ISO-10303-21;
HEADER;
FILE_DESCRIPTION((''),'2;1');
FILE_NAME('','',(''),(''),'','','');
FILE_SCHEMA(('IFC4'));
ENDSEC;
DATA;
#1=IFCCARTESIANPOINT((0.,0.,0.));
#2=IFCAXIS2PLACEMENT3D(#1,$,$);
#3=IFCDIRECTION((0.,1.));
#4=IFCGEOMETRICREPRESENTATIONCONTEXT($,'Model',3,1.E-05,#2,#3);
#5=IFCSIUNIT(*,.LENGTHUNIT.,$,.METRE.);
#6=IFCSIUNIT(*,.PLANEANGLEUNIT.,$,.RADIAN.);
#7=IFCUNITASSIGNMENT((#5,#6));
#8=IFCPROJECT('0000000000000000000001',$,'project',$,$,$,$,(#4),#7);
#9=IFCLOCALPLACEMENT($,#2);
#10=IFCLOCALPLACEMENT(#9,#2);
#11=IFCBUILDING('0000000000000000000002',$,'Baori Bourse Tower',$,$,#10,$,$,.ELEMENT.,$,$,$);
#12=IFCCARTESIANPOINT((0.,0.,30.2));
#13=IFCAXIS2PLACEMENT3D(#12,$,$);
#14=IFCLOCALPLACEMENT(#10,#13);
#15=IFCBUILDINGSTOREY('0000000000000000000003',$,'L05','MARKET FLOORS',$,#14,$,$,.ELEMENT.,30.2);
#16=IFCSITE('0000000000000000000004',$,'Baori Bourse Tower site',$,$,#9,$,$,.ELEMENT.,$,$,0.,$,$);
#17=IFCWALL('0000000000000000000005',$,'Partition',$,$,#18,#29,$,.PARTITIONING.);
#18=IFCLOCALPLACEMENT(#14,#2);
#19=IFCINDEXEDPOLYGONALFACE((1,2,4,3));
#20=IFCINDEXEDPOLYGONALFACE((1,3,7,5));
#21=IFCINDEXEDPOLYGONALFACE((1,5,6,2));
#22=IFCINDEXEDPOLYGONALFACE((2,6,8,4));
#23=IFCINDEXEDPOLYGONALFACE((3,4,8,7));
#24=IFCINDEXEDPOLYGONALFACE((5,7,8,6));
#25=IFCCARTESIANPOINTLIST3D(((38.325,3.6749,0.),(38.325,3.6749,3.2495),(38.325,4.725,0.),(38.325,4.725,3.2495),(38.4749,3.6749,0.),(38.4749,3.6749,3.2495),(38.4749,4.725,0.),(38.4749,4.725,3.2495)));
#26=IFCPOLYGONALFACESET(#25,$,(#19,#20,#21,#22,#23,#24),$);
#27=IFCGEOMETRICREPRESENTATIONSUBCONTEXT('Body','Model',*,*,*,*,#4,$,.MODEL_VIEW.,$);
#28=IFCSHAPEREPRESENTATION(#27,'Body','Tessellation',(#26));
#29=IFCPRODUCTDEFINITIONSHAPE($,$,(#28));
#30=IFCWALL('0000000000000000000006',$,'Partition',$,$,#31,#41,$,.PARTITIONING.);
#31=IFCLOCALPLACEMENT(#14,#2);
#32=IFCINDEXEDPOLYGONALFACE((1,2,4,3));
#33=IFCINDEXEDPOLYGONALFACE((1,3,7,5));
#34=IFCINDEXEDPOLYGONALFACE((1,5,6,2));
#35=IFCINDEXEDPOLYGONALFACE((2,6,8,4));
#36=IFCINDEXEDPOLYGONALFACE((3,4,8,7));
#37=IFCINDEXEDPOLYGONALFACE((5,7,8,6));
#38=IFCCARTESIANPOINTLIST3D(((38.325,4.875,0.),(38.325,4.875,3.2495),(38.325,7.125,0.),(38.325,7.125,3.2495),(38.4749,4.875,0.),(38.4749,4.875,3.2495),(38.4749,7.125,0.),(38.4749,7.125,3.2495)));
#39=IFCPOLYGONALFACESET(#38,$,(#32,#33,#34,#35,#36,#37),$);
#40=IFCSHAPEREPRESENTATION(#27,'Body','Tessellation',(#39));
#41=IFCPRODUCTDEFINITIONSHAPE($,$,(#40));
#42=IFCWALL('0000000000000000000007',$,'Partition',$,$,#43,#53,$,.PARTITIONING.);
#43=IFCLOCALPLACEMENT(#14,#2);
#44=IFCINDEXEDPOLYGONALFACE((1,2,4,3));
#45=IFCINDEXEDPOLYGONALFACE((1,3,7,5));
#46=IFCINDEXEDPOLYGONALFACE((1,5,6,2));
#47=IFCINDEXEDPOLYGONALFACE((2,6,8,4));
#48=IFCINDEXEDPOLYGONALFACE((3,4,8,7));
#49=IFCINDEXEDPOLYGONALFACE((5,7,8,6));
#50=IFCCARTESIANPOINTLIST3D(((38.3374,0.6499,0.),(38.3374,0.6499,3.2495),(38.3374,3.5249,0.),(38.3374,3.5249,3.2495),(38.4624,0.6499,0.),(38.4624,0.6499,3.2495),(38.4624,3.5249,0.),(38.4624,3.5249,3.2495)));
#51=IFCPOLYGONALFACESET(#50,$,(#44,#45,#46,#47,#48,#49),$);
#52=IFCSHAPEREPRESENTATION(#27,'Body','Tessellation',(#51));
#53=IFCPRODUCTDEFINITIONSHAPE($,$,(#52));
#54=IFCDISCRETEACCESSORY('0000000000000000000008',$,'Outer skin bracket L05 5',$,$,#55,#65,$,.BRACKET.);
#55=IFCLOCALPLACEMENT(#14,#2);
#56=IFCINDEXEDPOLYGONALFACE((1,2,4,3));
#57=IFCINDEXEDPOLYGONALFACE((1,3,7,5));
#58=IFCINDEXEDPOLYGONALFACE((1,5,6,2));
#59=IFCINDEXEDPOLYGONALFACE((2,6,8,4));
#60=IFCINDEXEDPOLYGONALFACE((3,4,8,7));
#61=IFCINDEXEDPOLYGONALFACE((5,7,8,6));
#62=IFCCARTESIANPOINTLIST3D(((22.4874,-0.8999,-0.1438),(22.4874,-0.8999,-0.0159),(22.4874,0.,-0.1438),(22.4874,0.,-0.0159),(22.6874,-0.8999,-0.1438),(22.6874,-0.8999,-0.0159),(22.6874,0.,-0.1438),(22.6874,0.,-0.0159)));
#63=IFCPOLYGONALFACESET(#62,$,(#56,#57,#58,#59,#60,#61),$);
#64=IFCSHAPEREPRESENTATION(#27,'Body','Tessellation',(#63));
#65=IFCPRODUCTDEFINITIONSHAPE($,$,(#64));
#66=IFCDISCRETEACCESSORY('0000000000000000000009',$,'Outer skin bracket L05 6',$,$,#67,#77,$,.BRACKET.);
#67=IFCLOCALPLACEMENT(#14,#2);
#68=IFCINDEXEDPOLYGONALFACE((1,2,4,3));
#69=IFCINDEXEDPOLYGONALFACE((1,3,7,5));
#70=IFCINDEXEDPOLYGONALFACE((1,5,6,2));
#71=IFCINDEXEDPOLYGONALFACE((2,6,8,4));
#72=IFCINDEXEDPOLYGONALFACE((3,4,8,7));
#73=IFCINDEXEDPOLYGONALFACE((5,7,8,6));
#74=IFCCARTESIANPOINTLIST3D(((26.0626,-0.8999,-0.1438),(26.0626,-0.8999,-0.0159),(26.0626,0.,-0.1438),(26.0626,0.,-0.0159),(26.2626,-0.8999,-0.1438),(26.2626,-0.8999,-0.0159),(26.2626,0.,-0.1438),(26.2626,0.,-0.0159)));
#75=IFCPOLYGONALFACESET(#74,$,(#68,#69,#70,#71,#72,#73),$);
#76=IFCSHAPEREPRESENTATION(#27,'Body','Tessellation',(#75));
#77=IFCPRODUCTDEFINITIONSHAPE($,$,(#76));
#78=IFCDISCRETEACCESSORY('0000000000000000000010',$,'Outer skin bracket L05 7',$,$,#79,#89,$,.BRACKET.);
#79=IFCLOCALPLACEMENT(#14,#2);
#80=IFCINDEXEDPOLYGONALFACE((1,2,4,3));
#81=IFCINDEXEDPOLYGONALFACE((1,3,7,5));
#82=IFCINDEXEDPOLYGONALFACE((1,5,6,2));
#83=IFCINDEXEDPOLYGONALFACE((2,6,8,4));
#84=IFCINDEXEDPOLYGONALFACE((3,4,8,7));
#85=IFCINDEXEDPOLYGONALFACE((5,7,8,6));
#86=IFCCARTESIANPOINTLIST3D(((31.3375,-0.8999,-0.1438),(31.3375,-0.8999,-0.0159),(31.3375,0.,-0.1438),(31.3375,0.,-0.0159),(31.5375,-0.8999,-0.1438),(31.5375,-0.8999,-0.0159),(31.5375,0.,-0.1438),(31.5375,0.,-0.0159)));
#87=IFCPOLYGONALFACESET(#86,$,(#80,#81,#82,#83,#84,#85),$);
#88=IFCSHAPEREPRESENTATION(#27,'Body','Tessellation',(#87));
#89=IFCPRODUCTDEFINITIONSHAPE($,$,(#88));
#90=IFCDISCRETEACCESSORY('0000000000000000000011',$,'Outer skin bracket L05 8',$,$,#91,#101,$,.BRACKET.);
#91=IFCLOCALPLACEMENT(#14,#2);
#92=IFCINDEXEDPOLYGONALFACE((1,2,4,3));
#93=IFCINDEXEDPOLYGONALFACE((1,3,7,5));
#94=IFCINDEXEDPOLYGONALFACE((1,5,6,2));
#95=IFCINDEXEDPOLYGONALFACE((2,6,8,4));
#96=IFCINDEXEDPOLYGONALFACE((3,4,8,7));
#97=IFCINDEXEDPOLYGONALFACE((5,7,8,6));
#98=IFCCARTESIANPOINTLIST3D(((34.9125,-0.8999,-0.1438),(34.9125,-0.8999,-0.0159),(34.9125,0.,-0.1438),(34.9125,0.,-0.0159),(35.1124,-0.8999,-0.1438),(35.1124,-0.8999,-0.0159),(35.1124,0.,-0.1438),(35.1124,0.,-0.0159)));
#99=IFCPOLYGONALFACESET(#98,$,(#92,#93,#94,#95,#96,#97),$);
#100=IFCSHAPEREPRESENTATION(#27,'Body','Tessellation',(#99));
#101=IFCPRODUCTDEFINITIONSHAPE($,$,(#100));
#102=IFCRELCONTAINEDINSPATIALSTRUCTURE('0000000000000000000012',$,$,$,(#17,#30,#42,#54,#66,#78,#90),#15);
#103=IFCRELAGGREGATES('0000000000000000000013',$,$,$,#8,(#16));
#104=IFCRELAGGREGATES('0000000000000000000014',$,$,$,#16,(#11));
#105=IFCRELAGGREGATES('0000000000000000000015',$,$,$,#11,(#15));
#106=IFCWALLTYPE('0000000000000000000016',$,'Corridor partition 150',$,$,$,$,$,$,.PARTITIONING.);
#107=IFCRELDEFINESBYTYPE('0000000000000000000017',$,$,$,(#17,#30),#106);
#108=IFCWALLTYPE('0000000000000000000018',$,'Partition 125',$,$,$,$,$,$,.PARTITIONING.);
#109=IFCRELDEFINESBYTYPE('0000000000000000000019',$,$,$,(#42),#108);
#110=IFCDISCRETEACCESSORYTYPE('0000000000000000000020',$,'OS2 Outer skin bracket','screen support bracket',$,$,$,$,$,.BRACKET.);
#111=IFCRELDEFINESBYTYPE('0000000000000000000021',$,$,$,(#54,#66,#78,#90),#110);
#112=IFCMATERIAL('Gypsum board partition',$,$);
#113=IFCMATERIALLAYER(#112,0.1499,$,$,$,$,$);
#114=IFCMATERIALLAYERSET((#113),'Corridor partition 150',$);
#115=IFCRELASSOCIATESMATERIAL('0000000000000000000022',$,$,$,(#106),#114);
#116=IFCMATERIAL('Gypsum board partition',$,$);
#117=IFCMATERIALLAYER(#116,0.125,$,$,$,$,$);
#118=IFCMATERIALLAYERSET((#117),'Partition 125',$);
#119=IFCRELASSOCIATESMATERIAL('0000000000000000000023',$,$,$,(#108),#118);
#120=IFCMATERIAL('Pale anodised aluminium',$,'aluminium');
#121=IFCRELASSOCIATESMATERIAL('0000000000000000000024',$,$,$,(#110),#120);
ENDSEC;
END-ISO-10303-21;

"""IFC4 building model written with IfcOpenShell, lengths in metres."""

from ifc_helpers import new_model, si_unit, direction, frame, frame_2d, origin, origin_2d, place, context, subcontext, project, spatial, rectangle, extrude, material, layer, layer_set, type_object, element, save


model = new_model("IFC4")

# Units and contexts
model_context = context("Model", 3, precision=1e-05, world=origin(), true_north=direction((0.0, 1.0)))
body_context = subcontext(model_context, "Body", "Model", "MODEL_VIEW")
ifc_project = project(units=[si_unit("LENGTHUNIT", "METRE"), si_unit("PLANEANGLEUNIT", "RADIAN")], contexts=[model_context])

# Site, building, storey
site_placement = place(None, origin())
site = spatial("IfcSite", under=ifc_project, at=site_placement, Name="Baori Bourse Tower site", CompositionType="ELEMENT", RefElevation=0.0)
building_placement = place(site_placement, origin())
building = spatial("IfcBuilding", under=site, at=building_placement, Name="Baori Bourse Tower", CompositionType="ELEMENT")
storey_placement = place(building_placement, frame((0.0, 0.0, 30.2)))
storey = spatial("IfcBuildingStorey", under=building, at=storey_placement, Name="L05", Description="MARKET FLOORS", CompositionType="ELEMENT", Elevation=30.2)

# Shared definitions
ifc_material_1 = material(Name="Gypsum board partition")
ifc_layer_1 = layer(ifc_material_1, 0.1499)
ifc_layer_set_1 = layer_set([ifc_layer_1], Name="Corridor partition 150")
wall_type_1 = type_object("IfcWallType", Name="Corridor partition 150", PredefinedType="PARTITIONING", material=ifc_layer_set_1)

# Walls
wall_1_placement = place(storey_placement, frame((38.3999, 3.675, 0.0), z_axis=(0.0, 0.0, 1.0), x_axis=(0.0, 1.0, 0.0)))
element("IfcWall", 1, at=wall_1_placement, inside=storey, type_object=wall_type_1, Name="Partition", PredefinedType="PARTITIONING", context=body_context, shape_type="SweptSolid", body=[
    extrude(rectangle(XDim=1.05, YDim=0.1499, at=frame_2d((0.5249, 0.0))), origin(), (0.0, 0.0, 1.0), 3.2495),
])
wall_2_placement = place(storey_placement, frame((38.3999, 4.875, 0.0), z_axis=(0.0, 0.0, 1.0), x_axis=(0.0, 1.0, 0.0)))
element("IfcWall", 2, at=wall_2_placement, inside=storey, type_object=wall_type_1, Name="Partition", PredefinedType="PARTITIONING", context=body_context, shape_type="SweptSolid", body=[
    extrude(rectangle(XDim=2.25, YDim=0.1499, at=frame_2d((1.125, 0.0))), origin(), (0.0, 0.0, 1.0), 3.2495),
])
ifc_material_2 = material(Name="Gypsum board partition")
ifc_layer_2 = layer(ifc_material_2, 0.125)
ifc_layer_set_2 = layer_set([ifc_layer_2], Name="Partition 125")
wall_type_2 = type_object("IfcWallType", Name="Partition 125", PredefinedType="PARTITIONING", material=ifc_layer_set_2)
wall_3_placement = place(storey_placement, frame((38.3999, 0.6499, 0.0), z_axis=(0.0, 0.0, 1.0), x_axis=(0.0, 1.0, 0.0)))
element("IfcWall", 3, at=wall_3_placement, inside=storey, type_object=wall_type_2, Name="Partition", PredefinedType="PARTITIONING", context=body_context, shape_type="SweptSolid", body=[
    extrude(rectangle(XDim=2.875, YDim=0.125, at=frame_2d((1.4375, 0.0))), origin(), (0.0, 0.0, 1.0), 3.2495),
])

# Discrete accessories
ifc_material_3 = material(Name="Pale anodised aluminium", Category="aluminium")
discrete_accessory_type = type_object("IfcDiscreteAccessoryType", Name="OS2 Outer skin bracket", Description="screen support bracket", PredefinedType="BRACKET", material=ifc_material_3)
for number, where, z_axis, x_axis, name in (
    (4, (22.5874, -0.45, -0.1438), (0.0, 0.0, 1.0), (1.0, 0.0, 0.0), "Outer skin bracket L05 5"),
    (5, (26.1626, -0.45, -0.1438), (0.0, 0.0, 1.0), (1.0, 0.0, 0.0), "Outer skin bracket L05 6"),
    (6, (31.4375, -0.45, -0.1438), (0.0, 0.0, 1.0), (1.0, 0.0, 0.0), "Outer skin bracket L05 7"),
    (7, (35.0125, -0.45, -0.1438), (0.0, 0.0, 1.0), (1.0, 0.0, 0.0), "Outer skin bracket L05 8"),
):
    element("IfcDiscreteAccessory", number, at=place(storey_placement, frame(where, z_axis=z_axis, x_axis=x_axis)), inside=storey, type_object=discrete_accessory_type, Name=name, PredefinedType="BRACKET", context=body_context, shape_type="SweptSolid", body=[
        extrude(rectangle(XDim=0.2, YDim=0.8999, at=origin_2d()), origin(), (0.0, 0.0, 1.0), 0.1279),
    ])

save(model, "model.ifc")
